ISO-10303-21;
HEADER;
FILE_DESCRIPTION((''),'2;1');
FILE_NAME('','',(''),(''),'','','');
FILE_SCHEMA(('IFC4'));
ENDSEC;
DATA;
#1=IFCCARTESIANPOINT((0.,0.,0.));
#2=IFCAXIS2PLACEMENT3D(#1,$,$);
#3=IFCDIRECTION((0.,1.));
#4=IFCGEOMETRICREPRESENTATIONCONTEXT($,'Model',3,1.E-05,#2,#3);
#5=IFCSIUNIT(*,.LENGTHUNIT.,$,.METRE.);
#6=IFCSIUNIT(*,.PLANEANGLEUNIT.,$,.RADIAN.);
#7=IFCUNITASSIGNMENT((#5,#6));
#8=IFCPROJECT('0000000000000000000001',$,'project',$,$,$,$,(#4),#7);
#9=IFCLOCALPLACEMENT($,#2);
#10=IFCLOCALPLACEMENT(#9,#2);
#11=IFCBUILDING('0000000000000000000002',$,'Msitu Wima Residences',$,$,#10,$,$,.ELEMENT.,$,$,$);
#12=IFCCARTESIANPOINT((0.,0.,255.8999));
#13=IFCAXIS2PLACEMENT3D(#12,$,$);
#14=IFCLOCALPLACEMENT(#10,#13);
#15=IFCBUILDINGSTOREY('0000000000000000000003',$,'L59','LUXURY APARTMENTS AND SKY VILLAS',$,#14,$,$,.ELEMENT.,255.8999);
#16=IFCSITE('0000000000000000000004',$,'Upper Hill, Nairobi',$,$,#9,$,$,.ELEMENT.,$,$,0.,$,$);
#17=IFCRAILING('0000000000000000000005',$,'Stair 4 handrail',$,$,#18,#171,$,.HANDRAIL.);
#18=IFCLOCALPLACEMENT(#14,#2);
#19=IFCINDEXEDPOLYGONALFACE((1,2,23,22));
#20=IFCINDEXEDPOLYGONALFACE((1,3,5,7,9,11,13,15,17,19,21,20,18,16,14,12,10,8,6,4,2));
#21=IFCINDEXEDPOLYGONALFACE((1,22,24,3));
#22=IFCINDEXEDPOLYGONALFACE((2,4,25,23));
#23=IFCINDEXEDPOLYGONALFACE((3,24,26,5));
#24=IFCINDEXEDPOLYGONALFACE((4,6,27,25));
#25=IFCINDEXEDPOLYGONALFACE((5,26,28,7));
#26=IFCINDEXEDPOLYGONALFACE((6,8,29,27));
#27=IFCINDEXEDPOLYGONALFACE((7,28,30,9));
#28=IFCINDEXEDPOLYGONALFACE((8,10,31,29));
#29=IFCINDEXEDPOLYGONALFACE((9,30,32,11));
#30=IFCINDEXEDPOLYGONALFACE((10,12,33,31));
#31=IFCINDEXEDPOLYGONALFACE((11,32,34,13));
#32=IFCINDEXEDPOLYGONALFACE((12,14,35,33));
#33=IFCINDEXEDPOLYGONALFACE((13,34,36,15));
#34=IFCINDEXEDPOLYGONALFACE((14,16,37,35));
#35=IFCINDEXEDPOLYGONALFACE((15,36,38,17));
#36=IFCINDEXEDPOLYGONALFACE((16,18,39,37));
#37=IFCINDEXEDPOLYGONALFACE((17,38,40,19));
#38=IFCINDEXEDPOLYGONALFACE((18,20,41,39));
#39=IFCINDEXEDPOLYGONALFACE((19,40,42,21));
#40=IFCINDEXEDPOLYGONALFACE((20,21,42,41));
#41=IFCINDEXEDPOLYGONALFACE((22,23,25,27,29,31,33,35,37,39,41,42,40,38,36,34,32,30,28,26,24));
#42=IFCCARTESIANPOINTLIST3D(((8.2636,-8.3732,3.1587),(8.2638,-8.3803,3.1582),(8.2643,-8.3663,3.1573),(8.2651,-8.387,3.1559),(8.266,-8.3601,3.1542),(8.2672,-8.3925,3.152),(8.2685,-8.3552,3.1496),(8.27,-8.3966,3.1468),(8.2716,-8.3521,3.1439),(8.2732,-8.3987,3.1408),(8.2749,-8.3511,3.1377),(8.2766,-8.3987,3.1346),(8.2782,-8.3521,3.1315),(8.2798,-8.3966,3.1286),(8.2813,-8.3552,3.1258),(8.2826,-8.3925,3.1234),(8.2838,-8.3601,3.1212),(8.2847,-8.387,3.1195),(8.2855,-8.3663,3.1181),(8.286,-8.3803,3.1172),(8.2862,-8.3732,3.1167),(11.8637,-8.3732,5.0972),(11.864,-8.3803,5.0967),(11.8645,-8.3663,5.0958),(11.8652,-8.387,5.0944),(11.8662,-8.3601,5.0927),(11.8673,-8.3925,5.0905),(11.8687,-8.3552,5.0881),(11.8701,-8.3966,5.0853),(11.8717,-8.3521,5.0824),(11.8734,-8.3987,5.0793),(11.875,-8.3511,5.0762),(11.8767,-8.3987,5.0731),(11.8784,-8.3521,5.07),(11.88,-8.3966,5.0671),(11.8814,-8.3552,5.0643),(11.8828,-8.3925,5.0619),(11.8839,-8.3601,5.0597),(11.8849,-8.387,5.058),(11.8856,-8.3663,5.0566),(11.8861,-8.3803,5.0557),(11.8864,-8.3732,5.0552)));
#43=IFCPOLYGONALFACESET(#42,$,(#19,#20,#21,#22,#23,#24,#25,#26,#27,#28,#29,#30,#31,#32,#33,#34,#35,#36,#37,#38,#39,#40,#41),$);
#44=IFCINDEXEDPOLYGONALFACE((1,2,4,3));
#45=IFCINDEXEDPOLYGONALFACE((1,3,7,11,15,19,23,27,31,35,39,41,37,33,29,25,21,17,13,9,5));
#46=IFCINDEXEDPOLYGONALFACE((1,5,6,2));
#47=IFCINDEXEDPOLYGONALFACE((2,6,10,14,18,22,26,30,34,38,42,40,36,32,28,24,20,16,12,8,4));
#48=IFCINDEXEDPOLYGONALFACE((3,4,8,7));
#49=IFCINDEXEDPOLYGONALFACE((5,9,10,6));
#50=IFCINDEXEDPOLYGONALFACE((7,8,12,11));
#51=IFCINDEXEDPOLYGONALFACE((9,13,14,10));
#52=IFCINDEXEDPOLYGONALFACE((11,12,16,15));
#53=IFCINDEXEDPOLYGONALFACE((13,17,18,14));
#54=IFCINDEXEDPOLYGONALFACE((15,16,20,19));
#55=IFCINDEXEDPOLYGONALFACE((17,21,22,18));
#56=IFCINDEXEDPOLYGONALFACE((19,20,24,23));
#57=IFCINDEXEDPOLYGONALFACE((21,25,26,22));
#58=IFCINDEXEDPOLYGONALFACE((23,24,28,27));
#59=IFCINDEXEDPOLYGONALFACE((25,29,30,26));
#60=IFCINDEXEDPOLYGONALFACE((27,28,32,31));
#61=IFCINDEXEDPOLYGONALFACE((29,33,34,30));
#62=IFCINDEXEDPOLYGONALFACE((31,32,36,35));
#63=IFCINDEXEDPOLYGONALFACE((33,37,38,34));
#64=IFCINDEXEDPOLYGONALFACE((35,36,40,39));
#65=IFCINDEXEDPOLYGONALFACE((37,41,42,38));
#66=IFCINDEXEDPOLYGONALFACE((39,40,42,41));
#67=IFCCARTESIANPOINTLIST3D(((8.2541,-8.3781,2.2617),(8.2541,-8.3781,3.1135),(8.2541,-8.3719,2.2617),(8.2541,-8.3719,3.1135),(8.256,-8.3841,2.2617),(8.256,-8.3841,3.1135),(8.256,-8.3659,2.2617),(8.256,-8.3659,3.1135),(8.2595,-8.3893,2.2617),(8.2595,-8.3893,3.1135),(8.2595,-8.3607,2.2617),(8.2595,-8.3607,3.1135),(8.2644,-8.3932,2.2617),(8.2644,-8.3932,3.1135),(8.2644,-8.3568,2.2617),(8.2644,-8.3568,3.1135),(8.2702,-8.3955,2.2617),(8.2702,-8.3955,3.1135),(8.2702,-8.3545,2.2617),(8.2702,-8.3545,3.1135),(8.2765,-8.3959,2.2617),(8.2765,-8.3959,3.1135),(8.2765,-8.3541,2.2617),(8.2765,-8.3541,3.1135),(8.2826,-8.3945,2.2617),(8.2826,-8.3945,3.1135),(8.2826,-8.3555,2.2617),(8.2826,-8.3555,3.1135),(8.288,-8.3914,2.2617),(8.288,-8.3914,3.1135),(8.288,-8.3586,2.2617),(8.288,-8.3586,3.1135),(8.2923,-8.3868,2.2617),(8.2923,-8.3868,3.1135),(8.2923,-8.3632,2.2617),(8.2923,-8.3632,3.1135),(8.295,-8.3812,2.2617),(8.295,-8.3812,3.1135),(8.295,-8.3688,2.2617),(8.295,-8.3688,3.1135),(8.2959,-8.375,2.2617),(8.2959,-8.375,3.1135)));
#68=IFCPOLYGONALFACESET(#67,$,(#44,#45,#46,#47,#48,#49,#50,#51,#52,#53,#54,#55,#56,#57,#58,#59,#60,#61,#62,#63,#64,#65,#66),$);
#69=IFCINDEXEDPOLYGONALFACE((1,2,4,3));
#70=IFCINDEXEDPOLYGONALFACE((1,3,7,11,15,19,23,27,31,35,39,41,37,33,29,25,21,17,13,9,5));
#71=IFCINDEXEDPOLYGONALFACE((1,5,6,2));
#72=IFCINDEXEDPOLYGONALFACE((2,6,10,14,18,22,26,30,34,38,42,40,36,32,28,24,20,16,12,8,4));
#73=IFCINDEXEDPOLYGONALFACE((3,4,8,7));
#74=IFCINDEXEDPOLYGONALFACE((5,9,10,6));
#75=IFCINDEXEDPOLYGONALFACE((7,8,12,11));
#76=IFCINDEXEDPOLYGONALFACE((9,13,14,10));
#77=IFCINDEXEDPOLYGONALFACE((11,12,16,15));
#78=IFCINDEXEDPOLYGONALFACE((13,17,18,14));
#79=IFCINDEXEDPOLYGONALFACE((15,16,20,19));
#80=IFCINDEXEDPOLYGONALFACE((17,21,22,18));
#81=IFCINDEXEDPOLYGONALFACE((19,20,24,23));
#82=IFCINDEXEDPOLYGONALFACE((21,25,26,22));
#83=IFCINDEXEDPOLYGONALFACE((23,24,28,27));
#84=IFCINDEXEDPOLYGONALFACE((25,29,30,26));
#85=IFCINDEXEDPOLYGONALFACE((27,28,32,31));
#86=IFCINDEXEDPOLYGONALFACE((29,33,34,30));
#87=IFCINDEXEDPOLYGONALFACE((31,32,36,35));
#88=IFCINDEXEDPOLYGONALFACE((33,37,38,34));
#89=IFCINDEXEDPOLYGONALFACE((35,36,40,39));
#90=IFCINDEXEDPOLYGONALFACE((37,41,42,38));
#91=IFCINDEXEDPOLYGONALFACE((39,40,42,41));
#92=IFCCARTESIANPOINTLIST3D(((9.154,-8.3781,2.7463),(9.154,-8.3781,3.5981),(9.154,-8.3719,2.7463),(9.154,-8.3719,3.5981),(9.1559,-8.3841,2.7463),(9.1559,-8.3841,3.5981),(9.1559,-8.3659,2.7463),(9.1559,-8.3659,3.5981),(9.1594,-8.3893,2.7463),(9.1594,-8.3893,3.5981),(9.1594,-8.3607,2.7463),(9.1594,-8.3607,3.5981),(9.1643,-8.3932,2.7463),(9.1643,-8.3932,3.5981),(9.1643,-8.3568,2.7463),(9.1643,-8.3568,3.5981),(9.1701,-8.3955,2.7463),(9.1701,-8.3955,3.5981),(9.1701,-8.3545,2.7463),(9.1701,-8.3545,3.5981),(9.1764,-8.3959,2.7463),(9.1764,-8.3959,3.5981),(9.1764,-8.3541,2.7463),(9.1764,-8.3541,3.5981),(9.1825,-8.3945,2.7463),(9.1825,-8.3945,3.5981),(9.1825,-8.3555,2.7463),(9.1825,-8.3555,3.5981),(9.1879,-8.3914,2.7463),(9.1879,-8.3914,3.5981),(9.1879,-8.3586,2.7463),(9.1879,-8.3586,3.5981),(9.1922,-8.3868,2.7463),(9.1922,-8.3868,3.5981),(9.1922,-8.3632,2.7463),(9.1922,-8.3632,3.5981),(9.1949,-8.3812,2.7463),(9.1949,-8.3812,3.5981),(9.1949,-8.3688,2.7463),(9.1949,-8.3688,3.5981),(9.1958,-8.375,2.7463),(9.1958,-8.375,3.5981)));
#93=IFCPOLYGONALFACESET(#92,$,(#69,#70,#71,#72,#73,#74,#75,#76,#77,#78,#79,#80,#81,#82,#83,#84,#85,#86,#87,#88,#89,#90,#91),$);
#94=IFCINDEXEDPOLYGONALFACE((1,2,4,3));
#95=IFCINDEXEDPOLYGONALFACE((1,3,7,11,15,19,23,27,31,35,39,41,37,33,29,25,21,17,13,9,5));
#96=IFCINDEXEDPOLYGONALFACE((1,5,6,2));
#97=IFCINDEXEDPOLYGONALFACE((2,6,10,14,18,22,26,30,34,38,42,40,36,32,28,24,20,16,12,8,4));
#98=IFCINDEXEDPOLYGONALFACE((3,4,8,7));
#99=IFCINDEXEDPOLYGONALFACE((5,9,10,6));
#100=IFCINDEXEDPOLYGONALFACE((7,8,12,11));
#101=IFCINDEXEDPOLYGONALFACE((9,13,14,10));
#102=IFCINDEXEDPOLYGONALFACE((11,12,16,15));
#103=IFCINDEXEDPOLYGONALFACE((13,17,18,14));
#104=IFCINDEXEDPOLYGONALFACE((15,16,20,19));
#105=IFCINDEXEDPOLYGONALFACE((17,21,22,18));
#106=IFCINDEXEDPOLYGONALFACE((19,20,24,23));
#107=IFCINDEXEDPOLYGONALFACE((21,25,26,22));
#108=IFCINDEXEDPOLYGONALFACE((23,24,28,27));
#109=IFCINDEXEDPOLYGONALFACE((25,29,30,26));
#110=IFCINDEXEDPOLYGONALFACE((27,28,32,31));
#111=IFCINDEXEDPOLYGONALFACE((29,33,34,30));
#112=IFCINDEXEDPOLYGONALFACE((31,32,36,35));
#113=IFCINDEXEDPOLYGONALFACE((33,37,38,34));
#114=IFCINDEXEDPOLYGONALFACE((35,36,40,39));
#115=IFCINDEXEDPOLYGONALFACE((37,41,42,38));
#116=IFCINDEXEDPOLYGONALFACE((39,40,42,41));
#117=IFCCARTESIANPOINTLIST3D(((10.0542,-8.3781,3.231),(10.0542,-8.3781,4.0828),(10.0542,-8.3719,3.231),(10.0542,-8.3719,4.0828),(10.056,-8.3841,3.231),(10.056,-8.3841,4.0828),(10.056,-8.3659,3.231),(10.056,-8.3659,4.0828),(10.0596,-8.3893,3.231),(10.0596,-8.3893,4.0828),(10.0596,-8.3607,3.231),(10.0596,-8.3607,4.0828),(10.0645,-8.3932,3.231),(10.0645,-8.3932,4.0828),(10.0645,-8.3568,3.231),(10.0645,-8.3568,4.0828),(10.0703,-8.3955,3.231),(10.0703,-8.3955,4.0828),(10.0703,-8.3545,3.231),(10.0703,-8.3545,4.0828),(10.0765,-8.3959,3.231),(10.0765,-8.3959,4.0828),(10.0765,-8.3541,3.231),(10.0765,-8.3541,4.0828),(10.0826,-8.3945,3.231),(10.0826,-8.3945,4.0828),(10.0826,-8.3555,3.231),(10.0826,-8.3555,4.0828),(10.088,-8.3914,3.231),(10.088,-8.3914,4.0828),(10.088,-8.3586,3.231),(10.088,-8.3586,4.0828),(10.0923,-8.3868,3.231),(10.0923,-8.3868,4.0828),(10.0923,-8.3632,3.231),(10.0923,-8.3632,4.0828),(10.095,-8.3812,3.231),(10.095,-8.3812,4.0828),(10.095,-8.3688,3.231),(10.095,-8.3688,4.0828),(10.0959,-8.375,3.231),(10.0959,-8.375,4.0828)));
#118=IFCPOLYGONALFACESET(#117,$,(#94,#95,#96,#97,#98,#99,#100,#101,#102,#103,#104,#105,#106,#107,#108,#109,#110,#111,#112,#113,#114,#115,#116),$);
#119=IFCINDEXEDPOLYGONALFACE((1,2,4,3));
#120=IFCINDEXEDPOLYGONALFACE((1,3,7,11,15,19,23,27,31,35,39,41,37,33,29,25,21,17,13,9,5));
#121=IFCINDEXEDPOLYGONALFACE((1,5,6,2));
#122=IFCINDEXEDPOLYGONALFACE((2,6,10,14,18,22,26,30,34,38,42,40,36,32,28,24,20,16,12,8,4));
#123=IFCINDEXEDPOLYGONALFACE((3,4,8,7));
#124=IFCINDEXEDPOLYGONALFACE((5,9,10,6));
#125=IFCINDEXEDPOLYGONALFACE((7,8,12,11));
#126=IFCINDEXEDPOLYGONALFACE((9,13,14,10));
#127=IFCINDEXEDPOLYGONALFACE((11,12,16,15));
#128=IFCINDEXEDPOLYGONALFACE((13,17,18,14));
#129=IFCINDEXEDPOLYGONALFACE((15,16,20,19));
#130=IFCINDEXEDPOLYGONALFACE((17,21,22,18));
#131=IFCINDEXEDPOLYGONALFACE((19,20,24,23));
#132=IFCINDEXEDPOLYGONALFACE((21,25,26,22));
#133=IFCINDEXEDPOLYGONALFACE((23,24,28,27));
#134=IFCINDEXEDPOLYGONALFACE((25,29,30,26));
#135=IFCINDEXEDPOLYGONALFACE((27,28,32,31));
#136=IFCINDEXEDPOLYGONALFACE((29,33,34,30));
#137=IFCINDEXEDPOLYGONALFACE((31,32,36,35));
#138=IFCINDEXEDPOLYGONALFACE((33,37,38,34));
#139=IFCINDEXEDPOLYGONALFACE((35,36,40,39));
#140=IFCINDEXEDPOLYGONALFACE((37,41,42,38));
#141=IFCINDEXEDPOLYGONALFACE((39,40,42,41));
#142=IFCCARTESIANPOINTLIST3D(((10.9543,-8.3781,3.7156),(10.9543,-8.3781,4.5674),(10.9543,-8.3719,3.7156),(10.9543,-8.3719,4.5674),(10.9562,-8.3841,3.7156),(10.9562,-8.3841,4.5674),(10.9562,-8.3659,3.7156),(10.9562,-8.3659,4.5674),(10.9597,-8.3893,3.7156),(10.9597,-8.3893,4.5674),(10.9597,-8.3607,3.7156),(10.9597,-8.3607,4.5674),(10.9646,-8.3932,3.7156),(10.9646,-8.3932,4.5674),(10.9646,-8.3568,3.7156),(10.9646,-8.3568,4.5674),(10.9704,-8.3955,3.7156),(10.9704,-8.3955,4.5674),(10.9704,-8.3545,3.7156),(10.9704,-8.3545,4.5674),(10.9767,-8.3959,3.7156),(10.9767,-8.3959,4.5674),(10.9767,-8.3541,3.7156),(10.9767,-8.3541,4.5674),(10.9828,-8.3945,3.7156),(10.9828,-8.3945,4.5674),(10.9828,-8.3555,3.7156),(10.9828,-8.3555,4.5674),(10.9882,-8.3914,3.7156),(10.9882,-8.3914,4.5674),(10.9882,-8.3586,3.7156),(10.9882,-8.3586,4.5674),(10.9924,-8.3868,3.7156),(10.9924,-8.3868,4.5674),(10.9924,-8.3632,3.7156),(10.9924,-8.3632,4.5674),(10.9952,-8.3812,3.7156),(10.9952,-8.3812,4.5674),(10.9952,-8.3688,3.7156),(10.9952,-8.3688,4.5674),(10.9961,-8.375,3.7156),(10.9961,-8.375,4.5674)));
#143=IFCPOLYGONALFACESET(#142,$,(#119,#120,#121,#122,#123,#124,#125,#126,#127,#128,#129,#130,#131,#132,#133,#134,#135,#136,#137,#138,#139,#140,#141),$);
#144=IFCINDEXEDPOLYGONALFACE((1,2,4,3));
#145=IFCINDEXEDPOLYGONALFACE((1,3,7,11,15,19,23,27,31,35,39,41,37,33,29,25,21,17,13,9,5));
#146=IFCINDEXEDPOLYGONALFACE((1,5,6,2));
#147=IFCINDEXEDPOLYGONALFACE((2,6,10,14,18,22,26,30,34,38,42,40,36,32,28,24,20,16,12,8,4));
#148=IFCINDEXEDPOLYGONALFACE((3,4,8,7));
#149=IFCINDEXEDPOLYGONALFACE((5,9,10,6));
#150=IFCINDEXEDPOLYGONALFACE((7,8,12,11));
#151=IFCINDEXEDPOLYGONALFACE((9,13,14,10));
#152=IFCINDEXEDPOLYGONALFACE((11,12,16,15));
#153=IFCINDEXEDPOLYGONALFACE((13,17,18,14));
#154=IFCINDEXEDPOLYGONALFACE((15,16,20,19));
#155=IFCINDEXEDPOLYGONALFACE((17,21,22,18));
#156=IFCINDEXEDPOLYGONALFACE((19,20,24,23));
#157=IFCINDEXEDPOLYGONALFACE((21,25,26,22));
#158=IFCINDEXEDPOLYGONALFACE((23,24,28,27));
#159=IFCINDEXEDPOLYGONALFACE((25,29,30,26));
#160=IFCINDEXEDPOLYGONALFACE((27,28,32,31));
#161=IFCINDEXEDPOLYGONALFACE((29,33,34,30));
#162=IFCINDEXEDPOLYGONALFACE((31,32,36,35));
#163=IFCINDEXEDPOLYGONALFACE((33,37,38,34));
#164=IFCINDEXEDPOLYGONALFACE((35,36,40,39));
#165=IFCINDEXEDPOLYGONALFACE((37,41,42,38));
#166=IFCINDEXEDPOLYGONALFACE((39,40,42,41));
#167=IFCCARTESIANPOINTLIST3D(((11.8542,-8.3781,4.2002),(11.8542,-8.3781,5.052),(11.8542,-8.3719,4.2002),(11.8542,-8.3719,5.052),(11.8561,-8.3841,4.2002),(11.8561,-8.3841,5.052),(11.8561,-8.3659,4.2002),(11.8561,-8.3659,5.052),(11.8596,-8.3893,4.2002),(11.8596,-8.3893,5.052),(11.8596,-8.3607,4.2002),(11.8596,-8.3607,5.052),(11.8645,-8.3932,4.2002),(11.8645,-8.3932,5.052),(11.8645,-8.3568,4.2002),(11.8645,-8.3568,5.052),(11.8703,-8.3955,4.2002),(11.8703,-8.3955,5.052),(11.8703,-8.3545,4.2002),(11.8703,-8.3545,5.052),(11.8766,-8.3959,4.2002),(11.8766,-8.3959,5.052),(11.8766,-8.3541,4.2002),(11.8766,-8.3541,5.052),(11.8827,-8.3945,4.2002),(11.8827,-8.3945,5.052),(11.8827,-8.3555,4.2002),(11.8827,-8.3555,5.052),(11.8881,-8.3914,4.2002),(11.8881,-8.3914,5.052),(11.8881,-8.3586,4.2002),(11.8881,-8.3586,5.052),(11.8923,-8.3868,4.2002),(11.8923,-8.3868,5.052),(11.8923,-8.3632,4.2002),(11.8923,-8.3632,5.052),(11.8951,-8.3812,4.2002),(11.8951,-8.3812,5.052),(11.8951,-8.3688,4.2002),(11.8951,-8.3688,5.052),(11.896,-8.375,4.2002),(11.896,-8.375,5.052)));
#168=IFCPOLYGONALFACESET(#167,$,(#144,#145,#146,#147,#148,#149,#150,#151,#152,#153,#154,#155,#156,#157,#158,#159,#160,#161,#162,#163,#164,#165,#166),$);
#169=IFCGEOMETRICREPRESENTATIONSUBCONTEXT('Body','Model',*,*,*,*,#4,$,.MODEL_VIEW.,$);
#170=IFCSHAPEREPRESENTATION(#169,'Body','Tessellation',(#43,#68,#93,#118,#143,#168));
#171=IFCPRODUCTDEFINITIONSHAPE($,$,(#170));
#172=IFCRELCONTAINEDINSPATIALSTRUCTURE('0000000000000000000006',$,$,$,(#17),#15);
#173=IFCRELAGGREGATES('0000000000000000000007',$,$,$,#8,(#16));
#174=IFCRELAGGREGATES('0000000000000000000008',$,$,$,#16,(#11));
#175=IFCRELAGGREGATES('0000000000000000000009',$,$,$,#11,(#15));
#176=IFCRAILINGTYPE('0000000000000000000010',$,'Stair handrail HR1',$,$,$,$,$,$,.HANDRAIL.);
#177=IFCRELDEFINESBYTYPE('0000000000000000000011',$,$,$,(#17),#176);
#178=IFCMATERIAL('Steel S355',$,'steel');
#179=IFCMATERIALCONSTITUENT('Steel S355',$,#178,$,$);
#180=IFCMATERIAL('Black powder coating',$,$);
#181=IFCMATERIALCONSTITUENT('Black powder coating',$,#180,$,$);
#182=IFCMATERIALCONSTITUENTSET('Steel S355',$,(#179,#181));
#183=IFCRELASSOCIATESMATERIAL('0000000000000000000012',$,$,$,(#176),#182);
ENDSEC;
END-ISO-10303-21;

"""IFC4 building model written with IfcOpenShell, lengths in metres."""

from ifc_helpers import new_model, si_unit, direction, frame, origin, origin_2d, place, context, subcontext, project, spatial, circle, extrude, material, constituent, constituent_set, type_object, element, save


model = new_model("IFC4")

# Units and contexts
model_context = context("Model", 3, precision=1e-05, world=origin(), true_north=direction((0.0, 1.0)))
body_context = subcontext(model_context, "Body", "Model", "MODEL_VIEW")
ifc_project = project(units=[si_unit("LENGTHUNIT", "METRE"), si_unit("PLANEANGLEUNIT", "RADIAN")], contexts=[model_context])

# Site, building, storey
site_placement = place(None, origin())
site = spatial("IfcSite", under=ifc_project, at=site_placement, Name="Upper Hill, Nairobi", CompositionType="ELEMENT", RefElevation=0.0)
building_placement = place(site_placement, origin())
building = spatial("IfcBuilding", under=site, at=building_placement, Name="Msitu Wima Residences", CompositionType="ELEMENT")
storey_placement = place(building_placement, frame((0.0, 0.0, 255.8999)))
storey = spatial("IfcBuildingStorey", under=building, at=storey_placement, Name="L59", Description="LUXURY APARTMENTS AND SKY VILLAS", CompositionType="ELEMENT", Elevation=255.8999)

# Railing
ifc_material_1 = material(Name="Steel S355", Category="steel")
ifc_constituent_1 = constituent(ifc_material_1, Name="Steel S355")
ifc_material_2 = material(Name="Black powder coating")
ifc_constituent_2 = constituent(ifc_material_2, Name="Black powder coating")
ifc_constituent_set = constituent_set(constituents=[ifc_constituent_1, ifc_constituent_2], Name="Steel S355")
railing_type = type_object("IfcRailingType", Name="Stair handrail HR1", PredefinedType="HANDRAIL", material=ifc_constituent_set)
for number, where, name in (
    (1, (8.2749, -8.375, 2.2617), "Stair 4 handrail"),
):
    element("IfcRailing", number, at=place(storey_placement, frame(where)), inside=storey, type_object=railing_type, Name=name, PredefinedType="HANDRAIL", context=body_context, shape_type="SweptSolid", body=[
        extrude(circle(Radius=0.0239, at=origin_2d()), frame((0.0, 0.0, 0.876), z_axis=(0.880475, 0.0, 0.474093), x_axis=(0.0, 1.0, 0.0)), (0.0, 0.0, 1.0), 4.0889),
        extrude(circle(Radius=0.021, at=origin_2d()), origin(), (0.0, 0.0, 1.0), 0.8518),
        extrude(circle(Radius=0.021, at=origin_2d()), frame((0.8999, 0.0, 0.4846)), (0.0, 0.0, 1.0), 0.8518),
        extrude(circle(Radius=0.021, at=origin_2d()), frame((1.8, 0.0, 0.9692)), (0.0, 0.0, 1.0), 0.8518),
        extrude(circle(Radius=0.021, at=origin_2d()), frame((2.7002, 0.0, 1.4539)), (0.0, 0.0, 1.0), 0.8518),
        extrude(circle(Radius=0.021, at=origin_2d()), frame((3.6001, 0.0, 1.9385)), (0.0, 0.0, 1.0), 0.8518),
    ])

save(model, "model.ifc")
